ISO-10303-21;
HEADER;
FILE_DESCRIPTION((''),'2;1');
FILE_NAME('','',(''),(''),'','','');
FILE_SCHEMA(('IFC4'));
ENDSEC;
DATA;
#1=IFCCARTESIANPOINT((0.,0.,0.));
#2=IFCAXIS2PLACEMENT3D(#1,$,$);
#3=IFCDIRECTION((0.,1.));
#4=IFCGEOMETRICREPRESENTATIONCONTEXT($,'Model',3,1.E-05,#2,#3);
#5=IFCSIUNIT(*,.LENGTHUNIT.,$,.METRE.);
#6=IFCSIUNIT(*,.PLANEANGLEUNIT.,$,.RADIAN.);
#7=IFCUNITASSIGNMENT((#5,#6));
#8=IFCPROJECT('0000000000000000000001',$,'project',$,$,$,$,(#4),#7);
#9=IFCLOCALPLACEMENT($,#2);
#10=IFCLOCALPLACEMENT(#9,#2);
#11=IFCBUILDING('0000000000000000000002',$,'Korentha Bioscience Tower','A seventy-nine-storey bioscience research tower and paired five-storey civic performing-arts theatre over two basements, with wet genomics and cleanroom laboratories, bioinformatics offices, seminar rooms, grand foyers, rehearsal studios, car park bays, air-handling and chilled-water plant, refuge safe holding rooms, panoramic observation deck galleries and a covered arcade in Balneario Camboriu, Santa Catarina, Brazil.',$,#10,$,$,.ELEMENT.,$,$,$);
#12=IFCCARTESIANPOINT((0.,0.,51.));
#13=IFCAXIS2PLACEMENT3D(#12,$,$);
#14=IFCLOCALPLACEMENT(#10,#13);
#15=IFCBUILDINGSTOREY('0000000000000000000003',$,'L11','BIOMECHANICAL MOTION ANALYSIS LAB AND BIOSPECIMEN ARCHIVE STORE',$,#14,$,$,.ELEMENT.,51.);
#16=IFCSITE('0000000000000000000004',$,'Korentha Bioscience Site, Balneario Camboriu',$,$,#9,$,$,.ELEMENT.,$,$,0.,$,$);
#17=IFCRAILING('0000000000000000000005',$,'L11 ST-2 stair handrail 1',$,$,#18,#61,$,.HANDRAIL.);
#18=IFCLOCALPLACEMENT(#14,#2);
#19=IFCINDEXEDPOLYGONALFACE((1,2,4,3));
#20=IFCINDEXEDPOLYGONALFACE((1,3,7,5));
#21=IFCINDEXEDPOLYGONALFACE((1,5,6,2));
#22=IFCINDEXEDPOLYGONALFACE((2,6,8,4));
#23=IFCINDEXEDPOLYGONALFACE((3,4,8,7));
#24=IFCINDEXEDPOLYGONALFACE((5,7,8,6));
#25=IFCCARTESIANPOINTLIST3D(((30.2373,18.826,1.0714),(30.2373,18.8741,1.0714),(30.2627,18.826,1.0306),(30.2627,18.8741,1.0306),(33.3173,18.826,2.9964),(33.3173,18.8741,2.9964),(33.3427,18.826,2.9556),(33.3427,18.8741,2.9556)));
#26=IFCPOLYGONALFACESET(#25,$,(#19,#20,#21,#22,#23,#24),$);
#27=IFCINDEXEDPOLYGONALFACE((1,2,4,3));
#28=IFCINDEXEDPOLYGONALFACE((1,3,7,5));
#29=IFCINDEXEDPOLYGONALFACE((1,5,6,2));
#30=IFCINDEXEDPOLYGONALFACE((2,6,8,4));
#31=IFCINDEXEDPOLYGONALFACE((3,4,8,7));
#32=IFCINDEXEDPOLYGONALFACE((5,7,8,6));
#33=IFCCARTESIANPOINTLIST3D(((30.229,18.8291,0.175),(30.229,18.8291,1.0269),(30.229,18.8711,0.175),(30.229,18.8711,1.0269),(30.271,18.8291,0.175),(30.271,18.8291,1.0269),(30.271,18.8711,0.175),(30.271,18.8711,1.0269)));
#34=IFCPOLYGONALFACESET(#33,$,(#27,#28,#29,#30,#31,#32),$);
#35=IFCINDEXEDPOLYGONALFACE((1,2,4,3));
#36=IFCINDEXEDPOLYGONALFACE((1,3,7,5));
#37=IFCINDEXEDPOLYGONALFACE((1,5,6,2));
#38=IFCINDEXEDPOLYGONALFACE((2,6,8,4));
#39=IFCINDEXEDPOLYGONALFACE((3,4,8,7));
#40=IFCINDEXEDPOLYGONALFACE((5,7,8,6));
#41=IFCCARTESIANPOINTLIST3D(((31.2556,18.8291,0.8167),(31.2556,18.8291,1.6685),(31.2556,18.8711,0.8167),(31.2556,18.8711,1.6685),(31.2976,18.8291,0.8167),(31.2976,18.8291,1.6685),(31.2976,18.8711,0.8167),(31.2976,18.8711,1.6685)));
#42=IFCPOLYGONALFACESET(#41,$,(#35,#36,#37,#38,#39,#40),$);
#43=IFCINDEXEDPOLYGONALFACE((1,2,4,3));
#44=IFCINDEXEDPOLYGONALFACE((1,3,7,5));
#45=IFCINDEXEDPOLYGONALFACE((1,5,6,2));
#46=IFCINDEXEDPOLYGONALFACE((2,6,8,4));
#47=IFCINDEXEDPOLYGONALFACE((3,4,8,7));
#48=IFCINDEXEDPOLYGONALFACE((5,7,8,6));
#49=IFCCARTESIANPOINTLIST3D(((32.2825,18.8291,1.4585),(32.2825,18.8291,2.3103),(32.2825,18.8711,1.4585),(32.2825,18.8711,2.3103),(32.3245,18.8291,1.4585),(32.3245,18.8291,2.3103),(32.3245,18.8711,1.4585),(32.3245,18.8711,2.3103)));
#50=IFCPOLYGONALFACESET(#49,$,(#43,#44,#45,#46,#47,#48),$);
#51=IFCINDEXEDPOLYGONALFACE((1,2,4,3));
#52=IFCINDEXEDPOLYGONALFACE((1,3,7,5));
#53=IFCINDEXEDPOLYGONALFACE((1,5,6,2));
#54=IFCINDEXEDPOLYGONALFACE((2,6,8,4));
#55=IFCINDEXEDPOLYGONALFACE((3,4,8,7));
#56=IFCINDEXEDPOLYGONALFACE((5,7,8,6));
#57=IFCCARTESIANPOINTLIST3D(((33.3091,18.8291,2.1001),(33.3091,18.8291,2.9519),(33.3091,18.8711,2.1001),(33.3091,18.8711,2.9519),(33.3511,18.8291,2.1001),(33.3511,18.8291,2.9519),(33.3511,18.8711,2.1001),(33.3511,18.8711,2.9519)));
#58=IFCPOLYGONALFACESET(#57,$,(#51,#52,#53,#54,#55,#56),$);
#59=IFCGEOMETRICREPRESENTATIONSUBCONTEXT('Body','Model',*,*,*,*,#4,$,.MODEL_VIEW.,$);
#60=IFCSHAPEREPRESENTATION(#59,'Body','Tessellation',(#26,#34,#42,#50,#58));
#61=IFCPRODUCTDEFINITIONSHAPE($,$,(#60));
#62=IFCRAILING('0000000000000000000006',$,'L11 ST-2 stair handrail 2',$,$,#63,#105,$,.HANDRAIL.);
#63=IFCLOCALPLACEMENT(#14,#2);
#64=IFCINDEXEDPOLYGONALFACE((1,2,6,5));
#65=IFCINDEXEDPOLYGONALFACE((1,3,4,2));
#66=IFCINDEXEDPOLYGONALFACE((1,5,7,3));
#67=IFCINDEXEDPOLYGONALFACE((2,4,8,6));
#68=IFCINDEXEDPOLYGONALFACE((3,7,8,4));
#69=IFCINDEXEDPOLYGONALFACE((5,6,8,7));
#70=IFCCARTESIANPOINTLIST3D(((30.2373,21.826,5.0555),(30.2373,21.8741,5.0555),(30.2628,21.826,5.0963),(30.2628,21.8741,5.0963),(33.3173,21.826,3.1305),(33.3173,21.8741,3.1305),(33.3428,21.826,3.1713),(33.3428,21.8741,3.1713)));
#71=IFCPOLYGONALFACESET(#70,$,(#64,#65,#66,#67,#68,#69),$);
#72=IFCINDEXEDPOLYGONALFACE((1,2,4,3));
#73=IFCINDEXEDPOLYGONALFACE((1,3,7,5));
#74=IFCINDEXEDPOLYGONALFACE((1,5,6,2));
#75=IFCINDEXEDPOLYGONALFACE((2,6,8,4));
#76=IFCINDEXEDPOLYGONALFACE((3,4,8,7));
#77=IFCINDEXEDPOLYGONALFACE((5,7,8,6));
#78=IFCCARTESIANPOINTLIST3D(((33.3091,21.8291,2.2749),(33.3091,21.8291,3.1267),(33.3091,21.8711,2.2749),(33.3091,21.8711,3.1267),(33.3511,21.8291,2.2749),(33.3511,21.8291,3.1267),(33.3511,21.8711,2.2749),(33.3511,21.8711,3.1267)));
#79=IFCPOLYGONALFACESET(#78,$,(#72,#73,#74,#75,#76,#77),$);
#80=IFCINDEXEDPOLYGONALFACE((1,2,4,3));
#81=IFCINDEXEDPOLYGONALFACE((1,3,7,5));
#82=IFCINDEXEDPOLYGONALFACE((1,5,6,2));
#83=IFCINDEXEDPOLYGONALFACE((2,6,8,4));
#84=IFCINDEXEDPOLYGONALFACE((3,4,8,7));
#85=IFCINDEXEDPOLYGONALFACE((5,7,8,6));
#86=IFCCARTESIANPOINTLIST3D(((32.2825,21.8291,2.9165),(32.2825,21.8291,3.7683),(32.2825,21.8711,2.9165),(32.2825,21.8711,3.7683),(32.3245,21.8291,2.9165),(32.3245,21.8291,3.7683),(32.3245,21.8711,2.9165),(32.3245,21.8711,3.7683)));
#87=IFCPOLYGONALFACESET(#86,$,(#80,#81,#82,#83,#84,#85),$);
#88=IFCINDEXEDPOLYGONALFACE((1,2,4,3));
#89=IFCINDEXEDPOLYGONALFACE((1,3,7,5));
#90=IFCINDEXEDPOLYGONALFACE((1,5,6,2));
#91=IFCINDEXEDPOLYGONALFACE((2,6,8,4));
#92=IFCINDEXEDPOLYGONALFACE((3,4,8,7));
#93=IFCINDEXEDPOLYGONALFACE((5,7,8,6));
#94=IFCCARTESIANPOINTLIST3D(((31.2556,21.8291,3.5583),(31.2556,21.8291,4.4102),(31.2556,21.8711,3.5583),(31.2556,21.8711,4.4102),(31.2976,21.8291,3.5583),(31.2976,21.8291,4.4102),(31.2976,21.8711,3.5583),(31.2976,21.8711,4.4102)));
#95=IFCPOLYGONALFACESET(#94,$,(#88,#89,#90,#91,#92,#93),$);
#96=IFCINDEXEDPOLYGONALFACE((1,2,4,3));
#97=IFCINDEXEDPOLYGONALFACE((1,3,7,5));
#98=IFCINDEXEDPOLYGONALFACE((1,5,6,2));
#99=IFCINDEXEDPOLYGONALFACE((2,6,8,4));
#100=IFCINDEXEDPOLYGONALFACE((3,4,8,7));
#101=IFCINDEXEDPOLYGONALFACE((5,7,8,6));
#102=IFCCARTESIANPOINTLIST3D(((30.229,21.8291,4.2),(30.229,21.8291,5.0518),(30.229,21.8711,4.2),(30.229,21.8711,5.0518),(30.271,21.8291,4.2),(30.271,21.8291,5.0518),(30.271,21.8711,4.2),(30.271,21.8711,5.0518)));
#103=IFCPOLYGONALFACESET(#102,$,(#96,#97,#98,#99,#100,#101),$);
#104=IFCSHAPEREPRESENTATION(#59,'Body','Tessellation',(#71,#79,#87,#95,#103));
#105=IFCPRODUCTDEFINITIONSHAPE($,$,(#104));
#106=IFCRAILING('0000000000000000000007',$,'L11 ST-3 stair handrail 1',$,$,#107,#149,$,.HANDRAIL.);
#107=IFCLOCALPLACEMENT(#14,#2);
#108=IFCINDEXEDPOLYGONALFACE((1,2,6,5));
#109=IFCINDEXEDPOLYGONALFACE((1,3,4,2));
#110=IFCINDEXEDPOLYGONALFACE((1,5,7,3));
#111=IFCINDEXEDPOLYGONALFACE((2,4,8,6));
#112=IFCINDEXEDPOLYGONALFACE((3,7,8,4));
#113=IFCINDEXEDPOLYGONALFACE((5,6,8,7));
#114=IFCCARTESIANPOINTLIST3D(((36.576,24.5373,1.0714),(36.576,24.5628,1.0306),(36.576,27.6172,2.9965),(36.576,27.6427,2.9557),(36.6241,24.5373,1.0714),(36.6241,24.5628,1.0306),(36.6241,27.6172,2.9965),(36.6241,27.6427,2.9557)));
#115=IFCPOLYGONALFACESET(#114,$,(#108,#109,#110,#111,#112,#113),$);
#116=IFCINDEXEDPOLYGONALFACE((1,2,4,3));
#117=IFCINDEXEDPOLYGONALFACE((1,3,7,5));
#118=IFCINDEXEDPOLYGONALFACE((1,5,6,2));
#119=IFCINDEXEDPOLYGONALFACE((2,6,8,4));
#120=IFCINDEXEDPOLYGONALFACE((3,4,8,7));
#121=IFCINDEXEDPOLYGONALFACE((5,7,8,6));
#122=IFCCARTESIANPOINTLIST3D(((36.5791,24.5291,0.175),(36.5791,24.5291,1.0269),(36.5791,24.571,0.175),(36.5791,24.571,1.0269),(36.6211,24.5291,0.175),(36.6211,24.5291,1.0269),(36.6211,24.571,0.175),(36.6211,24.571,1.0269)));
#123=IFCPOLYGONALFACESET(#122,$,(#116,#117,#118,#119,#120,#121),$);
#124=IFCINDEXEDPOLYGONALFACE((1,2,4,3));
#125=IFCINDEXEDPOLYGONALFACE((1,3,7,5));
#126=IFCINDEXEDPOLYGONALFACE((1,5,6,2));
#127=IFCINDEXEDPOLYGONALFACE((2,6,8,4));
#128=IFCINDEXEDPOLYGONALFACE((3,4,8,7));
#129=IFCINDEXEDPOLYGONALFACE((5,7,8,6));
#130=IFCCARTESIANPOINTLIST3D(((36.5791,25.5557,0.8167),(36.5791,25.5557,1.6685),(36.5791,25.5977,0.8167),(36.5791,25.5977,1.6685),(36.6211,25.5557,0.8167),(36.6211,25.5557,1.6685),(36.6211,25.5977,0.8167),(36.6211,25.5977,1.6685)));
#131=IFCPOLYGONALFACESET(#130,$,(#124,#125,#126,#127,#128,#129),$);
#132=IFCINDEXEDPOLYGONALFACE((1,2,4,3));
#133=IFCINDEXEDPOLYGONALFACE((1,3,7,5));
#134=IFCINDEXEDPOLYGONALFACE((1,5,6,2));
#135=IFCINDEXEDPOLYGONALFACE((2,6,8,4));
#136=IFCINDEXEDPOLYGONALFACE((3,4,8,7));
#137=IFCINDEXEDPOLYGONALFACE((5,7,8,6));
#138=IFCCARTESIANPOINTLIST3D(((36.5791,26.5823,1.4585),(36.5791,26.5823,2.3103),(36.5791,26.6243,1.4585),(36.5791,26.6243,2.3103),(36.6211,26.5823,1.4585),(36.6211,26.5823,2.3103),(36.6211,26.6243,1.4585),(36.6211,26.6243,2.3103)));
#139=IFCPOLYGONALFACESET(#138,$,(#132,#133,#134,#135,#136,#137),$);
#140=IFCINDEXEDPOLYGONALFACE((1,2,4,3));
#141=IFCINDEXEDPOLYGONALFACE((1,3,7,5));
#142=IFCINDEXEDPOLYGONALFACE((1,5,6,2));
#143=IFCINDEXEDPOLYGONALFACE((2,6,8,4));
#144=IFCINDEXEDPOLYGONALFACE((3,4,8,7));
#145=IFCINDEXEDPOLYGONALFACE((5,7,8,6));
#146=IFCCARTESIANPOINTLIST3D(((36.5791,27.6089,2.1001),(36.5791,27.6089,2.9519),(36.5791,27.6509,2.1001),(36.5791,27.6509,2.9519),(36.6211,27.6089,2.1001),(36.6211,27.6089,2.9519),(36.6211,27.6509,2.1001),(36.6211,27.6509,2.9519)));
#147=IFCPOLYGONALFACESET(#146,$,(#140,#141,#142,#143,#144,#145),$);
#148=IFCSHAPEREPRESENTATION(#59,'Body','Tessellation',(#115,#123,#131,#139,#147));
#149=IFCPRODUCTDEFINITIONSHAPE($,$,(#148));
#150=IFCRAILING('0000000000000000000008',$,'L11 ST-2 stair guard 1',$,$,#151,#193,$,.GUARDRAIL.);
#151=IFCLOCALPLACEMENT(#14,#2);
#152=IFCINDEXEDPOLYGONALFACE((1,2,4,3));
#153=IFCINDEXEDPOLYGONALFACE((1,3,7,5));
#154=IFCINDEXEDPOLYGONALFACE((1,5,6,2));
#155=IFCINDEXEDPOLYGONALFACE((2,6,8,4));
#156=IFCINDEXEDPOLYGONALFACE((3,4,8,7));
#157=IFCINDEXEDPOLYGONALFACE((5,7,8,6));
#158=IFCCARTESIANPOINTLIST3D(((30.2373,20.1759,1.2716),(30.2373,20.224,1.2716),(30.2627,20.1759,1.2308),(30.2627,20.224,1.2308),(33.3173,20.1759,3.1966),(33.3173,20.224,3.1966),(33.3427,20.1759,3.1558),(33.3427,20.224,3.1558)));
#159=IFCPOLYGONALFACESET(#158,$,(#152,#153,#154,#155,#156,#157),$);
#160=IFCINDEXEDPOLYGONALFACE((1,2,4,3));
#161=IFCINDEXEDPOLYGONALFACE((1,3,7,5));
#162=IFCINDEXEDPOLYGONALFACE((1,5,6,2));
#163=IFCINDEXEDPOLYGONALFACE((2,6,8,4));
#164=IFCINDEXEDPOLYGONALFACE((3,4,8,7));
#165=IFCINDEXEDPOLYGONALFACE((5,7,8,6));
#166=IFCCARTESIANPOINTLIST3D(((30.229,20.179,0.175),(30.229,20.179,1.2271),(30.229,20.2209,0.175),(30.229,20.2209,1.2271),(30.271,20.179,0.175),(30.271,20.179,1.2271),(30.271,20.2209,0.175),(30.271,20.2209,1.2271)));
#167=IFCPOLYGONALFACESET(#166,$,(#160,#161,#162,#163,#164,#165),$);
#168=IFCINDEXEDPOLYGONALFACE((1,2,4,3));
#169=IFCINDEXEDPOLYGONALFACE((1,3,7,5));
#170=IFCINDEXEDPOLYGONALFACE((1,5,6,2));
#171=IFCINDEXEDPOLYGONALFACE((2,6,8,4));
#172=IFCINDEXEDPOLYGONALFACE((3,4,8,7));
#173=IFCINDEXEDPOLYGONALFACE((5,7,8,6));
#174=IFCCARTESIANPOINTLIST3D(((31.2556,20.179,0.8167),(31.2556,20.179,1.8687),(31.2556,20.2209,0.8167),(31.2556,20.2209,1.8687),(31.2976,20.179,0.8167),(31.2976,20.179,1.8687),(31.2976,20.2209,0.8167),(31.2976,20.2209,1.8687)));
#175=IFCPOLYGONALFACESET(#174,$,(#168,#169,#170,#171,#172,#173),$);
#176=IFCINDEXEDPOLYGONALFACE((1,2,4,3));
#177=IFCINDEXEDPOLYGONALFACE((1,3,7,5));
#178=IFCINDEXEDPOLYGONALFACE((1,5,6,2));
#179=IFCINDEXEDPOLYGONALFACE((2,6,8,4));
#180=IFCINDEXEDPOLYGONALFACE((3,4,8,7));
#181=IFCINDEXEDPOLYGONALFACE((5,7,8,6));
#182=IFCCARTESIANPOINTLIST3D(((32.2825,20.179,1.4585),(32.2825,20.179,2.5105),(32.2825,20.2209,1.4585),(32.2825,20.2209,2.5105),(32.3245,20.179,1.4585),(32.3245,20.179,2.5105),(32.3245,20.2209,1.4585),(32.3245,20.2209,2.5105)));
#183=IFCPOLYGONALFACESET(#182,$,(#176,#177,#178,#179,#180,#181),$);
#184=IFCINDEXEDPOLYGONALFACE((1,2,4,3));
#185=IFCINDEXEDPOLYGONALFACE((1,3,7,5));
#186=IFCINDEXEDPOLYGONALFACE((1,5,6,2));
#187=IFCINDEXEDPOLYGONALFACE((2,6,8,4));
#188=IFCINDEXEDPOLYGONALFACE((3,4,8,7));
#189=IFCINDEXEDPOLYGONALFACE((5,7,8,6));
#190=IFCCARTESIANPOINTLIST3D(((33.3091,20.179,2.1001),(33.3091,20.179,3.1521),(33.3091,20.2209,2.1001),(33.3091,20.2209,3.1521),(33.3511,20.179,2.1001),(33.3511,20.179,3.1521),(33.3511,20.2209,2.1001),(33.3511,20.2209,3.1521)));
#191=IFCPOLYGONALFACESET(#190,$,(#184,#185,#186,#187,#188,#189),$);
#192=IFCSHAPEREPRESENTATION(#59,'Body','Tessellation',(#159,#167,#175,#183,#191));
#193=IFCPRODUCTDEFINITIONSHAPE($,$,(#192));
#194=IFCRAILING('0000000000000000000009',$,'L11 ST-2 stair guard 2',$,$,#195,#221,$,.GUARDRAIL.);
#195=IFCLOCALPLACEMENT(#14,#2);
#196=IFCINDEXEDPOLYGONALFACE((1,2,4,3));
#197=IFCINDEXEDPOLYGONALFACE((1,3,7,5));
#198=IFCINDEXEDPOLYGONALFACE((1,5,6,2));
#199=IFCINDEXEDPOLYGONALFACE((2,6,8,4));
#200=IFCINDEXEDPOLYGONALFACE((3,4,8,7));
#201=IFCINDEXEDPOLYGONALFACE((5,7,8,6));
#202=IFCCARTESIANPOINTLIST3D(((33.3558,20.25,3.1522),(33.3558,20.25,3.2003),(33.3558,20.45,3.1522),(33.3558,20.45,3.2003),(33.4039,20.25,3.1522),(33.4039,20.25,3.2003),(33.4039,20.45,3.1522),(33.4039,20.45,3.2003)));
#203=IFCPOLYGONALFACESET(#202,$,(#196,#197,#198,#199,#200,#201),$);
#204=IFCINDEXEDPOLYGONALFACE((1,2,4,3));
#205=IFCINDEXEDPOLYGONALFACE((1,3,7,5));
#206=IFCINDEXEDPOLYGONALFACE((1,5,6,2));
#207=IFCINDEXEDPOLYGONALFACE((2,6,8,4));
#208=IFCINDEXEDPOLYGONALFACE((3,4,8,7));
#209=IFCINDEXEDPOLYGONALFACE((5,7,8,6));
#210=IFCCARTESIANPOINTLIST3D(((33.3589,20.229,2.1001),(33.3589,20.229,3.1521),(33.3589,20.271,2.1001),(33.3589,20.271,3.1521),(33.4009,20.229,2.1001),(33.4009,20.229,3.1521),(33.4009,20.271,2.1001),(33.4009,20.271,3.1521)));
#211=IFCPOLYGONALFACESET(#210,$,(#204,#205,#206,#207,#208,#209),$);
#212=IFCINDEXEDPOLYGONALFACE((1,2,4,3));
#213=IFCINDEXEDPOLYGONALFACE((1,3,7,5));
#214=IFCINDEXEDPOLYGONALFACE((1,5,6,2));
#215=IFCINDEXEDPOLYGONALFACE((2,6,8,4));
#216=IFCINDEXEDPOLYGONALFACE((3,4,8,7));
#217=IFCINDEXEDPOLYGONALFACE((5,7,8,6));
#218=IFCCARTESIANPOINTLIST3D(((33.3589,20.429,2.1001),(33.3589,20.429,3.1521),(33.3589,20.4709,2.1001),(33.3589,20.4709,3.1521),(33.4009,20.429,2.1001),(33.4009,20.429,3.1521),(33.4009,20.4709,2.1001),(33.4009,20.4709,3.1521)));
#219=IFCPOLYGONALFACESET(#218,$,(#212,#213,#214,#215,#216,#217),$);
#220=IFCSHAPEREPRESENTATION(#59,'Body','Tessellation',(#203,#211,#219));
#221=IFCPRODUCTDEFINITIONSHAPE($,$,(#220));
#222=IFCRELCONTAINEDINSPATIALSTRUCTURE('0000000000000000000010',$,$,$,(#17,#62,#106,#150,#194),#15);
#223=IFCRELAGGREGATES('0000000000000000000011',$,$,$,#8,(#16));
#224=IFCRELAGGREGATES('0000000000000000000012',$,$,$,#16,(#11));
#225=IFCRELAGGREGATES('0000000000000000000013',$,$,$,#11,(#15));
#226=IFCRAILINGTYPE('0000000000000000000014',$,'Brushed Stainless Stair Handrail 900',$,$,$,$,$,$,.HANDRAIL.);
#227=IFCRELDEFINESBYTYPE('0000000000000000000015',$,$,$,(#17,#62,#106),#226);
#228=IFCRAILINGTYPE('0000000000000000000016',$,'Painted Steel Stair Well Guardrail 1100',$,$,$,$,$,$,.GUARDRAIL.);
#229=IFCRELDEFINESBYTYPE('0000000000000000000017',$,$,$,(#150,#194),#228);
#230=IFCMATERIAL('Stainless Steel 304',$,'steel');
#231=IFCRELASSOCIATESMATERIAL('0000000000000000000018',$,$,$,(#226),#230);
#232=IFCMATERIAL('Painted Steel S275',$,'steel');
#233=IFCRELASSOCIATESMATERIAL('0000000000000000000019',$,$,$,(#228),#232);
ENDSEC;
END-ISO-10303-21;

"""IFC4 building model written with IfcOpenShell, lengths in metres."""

from ifc_helpers import new_model, si_unit, direction, frame, origin, origin_2d, place, context, subcontext, project, spatial, rectangle, extrude, material, type_object, element, save


model = new_model("IFC4")

# Units and contexts
model_context = context("Model", 3, precision=1e-05, world=origin(), true_north=direction((0.0, 1.0)))
body_context = subcontext(model_context, "Body", "Model", "MODEL_VIEW")
ifc_project = project(units=[si_unit("LENGTHUNIT", "METRE"), si_unit("PLANEANGLEUNIT", "RADIAN")], contexts=[model_context])

# Site, building, storey
site_placement = place(None, origin())
site = spatial("IfcSite", under=ifc_project, at=site_placement, Name="Korentha Bioscience Site, Balneario Camboriu", CompositionType="ELEMENT", RefElevation=0.0)
building_placement = place(site_placement, origin())
building = spatial("IfcBuilding", under=site, at=building_placement, Name="Korentha Bioscience Tower", Description="A seventy-nine-storey bioscience research tower and paired five-storey civic performing-arts theatre over two basements, with wet genomics and cleanroom laboratories, bioinformatics offices, seminar rooms, grand foyers, rehearsal studios, car park bays, air-handling and chilled-water plant, refuge safe holding rooms, panoramic observation deck galleries and a covered arcade in Balneario Camboriu, Santa Catarina, Brazil.", CompositionType="ELEMENT")
storey_placement = place(building_placement, frame((0.0, 0.0, 51.0)))
storey = spatial("IfcBuildingStorey", under=building, at=storey_placement, Name="L11", Description="BIOMECHANICAL MOTION ANALYSIS LAB AND BIOSPECIMEN ARCHIVE STORE", CompositionType="ELEMENT", Elevation=51.0)

# Railings
ifc_material_1 = material(Name="Stainless Steel 304", Category="steel")
railing_type_1 = type_object("IfcRailingType", Name="Brushed Stainless Stair Handrail 900", PredefinedType="HANDRAIL", material=ifc_material_1)
railing_1_placement = place(storey_placement, frame((30.25, 18.8501, 0.175)))
element("IfcRailing", 1, at=railing_1_placement, inside=storey, type_object=railing_type_1, Name="L11 ST-2 stair handrail 1", PredefinedType="HANDRAIL", context=body_context, shape_type="SweptSolid", body=[
    extrude(rectangle(XDim=0.0481, YDim=0.0481, at=origin_2d()), frame((0.0, 0.0, 0.876), z_axis=(0.847998, 0.0, 0.529999), x_axis=(0.0, 1.0, 0.0)), (0.0, 0.0, 1.0), 3.6321),
    extrude(rectangle(XDim=0.042, YDim=0.042, at=origin_2d()), origin(), (0.0, 0.0, 1.0), 0.8518),
    extrude(rectangle(XDim=0.042, YDim=0.042, at=origin_2d()), frame((1.0266, 0.0, 0.6416)), (0.0, 0.0, 1.0), 0.8518),
    extrude(rectangle(XDim=0.042, YDim=0.042, at=origin_2d()), frame((2.0535, 0.0, 1.2834)), (0.0, 0.0, 1.0), 0.8518),
    extrude(rectangle(XDim=0.042, YDim=0.042, at=origin_2d()), frame((3.0801, 0.0, 1.925)), (0.0, 0.0, 1.0), 0.8518),
])
railing_2_placement = place(storey_placement, frame((33.3301, 21.8501, 2.2749)))
element("IfcRailing", 2, at=railing_2_placement, inside=storey, type_object=railing_type_1, Name="L11 ST-2 stair handrail 2", PredefinedType="HANDRAIL", context=body_context, shape_type="SweptSolid", body=[
    extrude(rectangle(XDim=0.0481, YDim=0.0481, at=origin_2d()), frame((0.0, 0.0, 0.876), z_axis=(-0.847998, 0.0, 0.529999), x_axis=(0.0, -1.0, 0.0)), (0.0, 0.0, 1.0), 3.6321),
    extrude(rectangle(XDim=0.042, YDim=0.042, at=origin_2d()), origin(), (0.0, 0.0, 1.0), 0.8518),
    extrude(rectangle(XDim=0.042, YDim=0.042, at=origin_2d()), frame((-1.0266, 0.0, 0.6416)), (0.0, 0.0, 1.0), 0.8518),
    extrude(rectangle(XDim=0.042, YDim=0.042, at=origin_2d()), frame((-2.0535, 0.0, 1.2834)), (0.0, 0.0, 1.0), 0.8518),
    extrude(rectangle(XDim=0.042, YDim=0.042, at=origin_2d()), frame((-3.0801, 0.0, 1.925)), (0.0, 0.0, 1.0), 0.8518),
])
railing_3_placement = place(storey_placement, frame((36.6001, 24.55, 0.175)))
element("IfcRailing", 3, at=railing_3_placement, inside=storey, type_object=railing_type_1, Name="L11 ST-3 stair handrail 1", PredefinedType="HANDRAIL", context=body_context, shape_type="SweptSolid", body=[
    extrude(rectangle(XDim=0.0481, YDim=0.0481, at=origin_2d()), frame((0.0, 0.0, 0.876), z_axis=(0.0, 0.847979, 0.530029), x_axis=(-1.0, 0.0, 0.0)), (0.0, 0.0, 1.0), 3.6321),
    extrude(rectangle(XDim=0.042, YDim=0.042, at=origin_2d()), origin(), (0.0, 0.0, 1.0), 0.8518),
    extrude(rectangle(XDim=0.042, YDim=0.042, at=origin_2d()), frame((0.0, 1.0266, 0.6416)), (0.0, 0.0, 1.0), 0.8518),
    extrude(rectangle(XDim=0.042, YDim=0.042, at=origin_2d()), frame((0.0, 2.0532, 1.2834)), (0.0, 0.0, 1.0), 0.8518),
    extrude(rectangle(XDim=0.042, YDim=0.042, at=origin_2d()), frame((0.0, 3.0798, 1.925)), (0.0, 0.0, 1.0), 0.8518),
])
ifc_material_2 = material(Name="Painted Steel S275", Category="steel")
railing_type_2 = type_object("IfcRailingType", Name="Painted Steel Stair Well Guardrail 1100", PredefinedType="GUARDRAIL", material=ifc_material_2)
railing_4_placement = place(storey_placement, frame((30.25, 20.2, 0.175)))
element("IfcRailing", 4, at=railing_4_placement, inside=storey, type_object=railing_type_2, Name="L11 ST-2 stair guard 1", PredefinedType="GUARDRAIL", context=body_context, shape_type="SweptSolid", body=[
    extrude(rectangle(XDim=0.0481, YDim=0.0481, at=origin_2d()), frame((0.0, 0.0, 1.0762), z_axis=(0.847998, 0.0, 0.529999), x_axis=(0.0, 1.0, 0.0)), (0.0, 0.0, 1.0), 3.6321),
    extrude(rectangle(XDim=0.042, YDim=0.042, at=origin_2d()), origin(), (0.0, 0.0, 1.0), 1.052),
    extrude(rectangle(XDim=0.042, YDim=0.042, at=origin_2d()), frame((1.0266, 0.0, 0.6416)), (0.0, 0.0, 1.0), 1.052),
    extrude(rectangle(XDim=0.042, YDim=0.042, at=origin_2d()), frame((2.0535, 0.0, 1.2834)), (0.0, 0.0, 1.0), 1.052),
    extrude(rectangle(XDim=0.042, YDim=0.042, at=origin_2d()), frame((3.0801, 0.0, 1.925)), (0.0, 0.0, 1.0), 1.052),
])
railing_5_placement = place(storey_placement, frame((33.3799, 20.25, 2.1001)))
element("IfcRailing", 5, at=railing_5_placement, inside=storey, type_object=railing_type_2, Name="L11 ST-2 stair guard 2", PredefinedType="GUARDRAIL", context=body_context, shape_type="SweptSolid", body=[
    extrude(rectangle(XDim=0.0481, YDim=0.0481, at=origin_2d()), frame((0.0, 0.0, 1.0762), z_axis=(0.0, 1.0, 0.0), x_axis=(-1.0, 0.0, 0.0)), (0.0, 0.0, 1.0), 0.2),
    extrude(rectangle(XDim=0.042, YDim=0.042, at=origin_2d()), origin(), (0.0, 0.0, 1.0), 1.052),
    extrude(rectangle(XDim=0.042, YDim=0.042, at=origin_2d()), frame((0.0, 0.2, 0.0)), (0.0, 0.0, 1.0), 1.052),
])

save(model, "model.ifc")
